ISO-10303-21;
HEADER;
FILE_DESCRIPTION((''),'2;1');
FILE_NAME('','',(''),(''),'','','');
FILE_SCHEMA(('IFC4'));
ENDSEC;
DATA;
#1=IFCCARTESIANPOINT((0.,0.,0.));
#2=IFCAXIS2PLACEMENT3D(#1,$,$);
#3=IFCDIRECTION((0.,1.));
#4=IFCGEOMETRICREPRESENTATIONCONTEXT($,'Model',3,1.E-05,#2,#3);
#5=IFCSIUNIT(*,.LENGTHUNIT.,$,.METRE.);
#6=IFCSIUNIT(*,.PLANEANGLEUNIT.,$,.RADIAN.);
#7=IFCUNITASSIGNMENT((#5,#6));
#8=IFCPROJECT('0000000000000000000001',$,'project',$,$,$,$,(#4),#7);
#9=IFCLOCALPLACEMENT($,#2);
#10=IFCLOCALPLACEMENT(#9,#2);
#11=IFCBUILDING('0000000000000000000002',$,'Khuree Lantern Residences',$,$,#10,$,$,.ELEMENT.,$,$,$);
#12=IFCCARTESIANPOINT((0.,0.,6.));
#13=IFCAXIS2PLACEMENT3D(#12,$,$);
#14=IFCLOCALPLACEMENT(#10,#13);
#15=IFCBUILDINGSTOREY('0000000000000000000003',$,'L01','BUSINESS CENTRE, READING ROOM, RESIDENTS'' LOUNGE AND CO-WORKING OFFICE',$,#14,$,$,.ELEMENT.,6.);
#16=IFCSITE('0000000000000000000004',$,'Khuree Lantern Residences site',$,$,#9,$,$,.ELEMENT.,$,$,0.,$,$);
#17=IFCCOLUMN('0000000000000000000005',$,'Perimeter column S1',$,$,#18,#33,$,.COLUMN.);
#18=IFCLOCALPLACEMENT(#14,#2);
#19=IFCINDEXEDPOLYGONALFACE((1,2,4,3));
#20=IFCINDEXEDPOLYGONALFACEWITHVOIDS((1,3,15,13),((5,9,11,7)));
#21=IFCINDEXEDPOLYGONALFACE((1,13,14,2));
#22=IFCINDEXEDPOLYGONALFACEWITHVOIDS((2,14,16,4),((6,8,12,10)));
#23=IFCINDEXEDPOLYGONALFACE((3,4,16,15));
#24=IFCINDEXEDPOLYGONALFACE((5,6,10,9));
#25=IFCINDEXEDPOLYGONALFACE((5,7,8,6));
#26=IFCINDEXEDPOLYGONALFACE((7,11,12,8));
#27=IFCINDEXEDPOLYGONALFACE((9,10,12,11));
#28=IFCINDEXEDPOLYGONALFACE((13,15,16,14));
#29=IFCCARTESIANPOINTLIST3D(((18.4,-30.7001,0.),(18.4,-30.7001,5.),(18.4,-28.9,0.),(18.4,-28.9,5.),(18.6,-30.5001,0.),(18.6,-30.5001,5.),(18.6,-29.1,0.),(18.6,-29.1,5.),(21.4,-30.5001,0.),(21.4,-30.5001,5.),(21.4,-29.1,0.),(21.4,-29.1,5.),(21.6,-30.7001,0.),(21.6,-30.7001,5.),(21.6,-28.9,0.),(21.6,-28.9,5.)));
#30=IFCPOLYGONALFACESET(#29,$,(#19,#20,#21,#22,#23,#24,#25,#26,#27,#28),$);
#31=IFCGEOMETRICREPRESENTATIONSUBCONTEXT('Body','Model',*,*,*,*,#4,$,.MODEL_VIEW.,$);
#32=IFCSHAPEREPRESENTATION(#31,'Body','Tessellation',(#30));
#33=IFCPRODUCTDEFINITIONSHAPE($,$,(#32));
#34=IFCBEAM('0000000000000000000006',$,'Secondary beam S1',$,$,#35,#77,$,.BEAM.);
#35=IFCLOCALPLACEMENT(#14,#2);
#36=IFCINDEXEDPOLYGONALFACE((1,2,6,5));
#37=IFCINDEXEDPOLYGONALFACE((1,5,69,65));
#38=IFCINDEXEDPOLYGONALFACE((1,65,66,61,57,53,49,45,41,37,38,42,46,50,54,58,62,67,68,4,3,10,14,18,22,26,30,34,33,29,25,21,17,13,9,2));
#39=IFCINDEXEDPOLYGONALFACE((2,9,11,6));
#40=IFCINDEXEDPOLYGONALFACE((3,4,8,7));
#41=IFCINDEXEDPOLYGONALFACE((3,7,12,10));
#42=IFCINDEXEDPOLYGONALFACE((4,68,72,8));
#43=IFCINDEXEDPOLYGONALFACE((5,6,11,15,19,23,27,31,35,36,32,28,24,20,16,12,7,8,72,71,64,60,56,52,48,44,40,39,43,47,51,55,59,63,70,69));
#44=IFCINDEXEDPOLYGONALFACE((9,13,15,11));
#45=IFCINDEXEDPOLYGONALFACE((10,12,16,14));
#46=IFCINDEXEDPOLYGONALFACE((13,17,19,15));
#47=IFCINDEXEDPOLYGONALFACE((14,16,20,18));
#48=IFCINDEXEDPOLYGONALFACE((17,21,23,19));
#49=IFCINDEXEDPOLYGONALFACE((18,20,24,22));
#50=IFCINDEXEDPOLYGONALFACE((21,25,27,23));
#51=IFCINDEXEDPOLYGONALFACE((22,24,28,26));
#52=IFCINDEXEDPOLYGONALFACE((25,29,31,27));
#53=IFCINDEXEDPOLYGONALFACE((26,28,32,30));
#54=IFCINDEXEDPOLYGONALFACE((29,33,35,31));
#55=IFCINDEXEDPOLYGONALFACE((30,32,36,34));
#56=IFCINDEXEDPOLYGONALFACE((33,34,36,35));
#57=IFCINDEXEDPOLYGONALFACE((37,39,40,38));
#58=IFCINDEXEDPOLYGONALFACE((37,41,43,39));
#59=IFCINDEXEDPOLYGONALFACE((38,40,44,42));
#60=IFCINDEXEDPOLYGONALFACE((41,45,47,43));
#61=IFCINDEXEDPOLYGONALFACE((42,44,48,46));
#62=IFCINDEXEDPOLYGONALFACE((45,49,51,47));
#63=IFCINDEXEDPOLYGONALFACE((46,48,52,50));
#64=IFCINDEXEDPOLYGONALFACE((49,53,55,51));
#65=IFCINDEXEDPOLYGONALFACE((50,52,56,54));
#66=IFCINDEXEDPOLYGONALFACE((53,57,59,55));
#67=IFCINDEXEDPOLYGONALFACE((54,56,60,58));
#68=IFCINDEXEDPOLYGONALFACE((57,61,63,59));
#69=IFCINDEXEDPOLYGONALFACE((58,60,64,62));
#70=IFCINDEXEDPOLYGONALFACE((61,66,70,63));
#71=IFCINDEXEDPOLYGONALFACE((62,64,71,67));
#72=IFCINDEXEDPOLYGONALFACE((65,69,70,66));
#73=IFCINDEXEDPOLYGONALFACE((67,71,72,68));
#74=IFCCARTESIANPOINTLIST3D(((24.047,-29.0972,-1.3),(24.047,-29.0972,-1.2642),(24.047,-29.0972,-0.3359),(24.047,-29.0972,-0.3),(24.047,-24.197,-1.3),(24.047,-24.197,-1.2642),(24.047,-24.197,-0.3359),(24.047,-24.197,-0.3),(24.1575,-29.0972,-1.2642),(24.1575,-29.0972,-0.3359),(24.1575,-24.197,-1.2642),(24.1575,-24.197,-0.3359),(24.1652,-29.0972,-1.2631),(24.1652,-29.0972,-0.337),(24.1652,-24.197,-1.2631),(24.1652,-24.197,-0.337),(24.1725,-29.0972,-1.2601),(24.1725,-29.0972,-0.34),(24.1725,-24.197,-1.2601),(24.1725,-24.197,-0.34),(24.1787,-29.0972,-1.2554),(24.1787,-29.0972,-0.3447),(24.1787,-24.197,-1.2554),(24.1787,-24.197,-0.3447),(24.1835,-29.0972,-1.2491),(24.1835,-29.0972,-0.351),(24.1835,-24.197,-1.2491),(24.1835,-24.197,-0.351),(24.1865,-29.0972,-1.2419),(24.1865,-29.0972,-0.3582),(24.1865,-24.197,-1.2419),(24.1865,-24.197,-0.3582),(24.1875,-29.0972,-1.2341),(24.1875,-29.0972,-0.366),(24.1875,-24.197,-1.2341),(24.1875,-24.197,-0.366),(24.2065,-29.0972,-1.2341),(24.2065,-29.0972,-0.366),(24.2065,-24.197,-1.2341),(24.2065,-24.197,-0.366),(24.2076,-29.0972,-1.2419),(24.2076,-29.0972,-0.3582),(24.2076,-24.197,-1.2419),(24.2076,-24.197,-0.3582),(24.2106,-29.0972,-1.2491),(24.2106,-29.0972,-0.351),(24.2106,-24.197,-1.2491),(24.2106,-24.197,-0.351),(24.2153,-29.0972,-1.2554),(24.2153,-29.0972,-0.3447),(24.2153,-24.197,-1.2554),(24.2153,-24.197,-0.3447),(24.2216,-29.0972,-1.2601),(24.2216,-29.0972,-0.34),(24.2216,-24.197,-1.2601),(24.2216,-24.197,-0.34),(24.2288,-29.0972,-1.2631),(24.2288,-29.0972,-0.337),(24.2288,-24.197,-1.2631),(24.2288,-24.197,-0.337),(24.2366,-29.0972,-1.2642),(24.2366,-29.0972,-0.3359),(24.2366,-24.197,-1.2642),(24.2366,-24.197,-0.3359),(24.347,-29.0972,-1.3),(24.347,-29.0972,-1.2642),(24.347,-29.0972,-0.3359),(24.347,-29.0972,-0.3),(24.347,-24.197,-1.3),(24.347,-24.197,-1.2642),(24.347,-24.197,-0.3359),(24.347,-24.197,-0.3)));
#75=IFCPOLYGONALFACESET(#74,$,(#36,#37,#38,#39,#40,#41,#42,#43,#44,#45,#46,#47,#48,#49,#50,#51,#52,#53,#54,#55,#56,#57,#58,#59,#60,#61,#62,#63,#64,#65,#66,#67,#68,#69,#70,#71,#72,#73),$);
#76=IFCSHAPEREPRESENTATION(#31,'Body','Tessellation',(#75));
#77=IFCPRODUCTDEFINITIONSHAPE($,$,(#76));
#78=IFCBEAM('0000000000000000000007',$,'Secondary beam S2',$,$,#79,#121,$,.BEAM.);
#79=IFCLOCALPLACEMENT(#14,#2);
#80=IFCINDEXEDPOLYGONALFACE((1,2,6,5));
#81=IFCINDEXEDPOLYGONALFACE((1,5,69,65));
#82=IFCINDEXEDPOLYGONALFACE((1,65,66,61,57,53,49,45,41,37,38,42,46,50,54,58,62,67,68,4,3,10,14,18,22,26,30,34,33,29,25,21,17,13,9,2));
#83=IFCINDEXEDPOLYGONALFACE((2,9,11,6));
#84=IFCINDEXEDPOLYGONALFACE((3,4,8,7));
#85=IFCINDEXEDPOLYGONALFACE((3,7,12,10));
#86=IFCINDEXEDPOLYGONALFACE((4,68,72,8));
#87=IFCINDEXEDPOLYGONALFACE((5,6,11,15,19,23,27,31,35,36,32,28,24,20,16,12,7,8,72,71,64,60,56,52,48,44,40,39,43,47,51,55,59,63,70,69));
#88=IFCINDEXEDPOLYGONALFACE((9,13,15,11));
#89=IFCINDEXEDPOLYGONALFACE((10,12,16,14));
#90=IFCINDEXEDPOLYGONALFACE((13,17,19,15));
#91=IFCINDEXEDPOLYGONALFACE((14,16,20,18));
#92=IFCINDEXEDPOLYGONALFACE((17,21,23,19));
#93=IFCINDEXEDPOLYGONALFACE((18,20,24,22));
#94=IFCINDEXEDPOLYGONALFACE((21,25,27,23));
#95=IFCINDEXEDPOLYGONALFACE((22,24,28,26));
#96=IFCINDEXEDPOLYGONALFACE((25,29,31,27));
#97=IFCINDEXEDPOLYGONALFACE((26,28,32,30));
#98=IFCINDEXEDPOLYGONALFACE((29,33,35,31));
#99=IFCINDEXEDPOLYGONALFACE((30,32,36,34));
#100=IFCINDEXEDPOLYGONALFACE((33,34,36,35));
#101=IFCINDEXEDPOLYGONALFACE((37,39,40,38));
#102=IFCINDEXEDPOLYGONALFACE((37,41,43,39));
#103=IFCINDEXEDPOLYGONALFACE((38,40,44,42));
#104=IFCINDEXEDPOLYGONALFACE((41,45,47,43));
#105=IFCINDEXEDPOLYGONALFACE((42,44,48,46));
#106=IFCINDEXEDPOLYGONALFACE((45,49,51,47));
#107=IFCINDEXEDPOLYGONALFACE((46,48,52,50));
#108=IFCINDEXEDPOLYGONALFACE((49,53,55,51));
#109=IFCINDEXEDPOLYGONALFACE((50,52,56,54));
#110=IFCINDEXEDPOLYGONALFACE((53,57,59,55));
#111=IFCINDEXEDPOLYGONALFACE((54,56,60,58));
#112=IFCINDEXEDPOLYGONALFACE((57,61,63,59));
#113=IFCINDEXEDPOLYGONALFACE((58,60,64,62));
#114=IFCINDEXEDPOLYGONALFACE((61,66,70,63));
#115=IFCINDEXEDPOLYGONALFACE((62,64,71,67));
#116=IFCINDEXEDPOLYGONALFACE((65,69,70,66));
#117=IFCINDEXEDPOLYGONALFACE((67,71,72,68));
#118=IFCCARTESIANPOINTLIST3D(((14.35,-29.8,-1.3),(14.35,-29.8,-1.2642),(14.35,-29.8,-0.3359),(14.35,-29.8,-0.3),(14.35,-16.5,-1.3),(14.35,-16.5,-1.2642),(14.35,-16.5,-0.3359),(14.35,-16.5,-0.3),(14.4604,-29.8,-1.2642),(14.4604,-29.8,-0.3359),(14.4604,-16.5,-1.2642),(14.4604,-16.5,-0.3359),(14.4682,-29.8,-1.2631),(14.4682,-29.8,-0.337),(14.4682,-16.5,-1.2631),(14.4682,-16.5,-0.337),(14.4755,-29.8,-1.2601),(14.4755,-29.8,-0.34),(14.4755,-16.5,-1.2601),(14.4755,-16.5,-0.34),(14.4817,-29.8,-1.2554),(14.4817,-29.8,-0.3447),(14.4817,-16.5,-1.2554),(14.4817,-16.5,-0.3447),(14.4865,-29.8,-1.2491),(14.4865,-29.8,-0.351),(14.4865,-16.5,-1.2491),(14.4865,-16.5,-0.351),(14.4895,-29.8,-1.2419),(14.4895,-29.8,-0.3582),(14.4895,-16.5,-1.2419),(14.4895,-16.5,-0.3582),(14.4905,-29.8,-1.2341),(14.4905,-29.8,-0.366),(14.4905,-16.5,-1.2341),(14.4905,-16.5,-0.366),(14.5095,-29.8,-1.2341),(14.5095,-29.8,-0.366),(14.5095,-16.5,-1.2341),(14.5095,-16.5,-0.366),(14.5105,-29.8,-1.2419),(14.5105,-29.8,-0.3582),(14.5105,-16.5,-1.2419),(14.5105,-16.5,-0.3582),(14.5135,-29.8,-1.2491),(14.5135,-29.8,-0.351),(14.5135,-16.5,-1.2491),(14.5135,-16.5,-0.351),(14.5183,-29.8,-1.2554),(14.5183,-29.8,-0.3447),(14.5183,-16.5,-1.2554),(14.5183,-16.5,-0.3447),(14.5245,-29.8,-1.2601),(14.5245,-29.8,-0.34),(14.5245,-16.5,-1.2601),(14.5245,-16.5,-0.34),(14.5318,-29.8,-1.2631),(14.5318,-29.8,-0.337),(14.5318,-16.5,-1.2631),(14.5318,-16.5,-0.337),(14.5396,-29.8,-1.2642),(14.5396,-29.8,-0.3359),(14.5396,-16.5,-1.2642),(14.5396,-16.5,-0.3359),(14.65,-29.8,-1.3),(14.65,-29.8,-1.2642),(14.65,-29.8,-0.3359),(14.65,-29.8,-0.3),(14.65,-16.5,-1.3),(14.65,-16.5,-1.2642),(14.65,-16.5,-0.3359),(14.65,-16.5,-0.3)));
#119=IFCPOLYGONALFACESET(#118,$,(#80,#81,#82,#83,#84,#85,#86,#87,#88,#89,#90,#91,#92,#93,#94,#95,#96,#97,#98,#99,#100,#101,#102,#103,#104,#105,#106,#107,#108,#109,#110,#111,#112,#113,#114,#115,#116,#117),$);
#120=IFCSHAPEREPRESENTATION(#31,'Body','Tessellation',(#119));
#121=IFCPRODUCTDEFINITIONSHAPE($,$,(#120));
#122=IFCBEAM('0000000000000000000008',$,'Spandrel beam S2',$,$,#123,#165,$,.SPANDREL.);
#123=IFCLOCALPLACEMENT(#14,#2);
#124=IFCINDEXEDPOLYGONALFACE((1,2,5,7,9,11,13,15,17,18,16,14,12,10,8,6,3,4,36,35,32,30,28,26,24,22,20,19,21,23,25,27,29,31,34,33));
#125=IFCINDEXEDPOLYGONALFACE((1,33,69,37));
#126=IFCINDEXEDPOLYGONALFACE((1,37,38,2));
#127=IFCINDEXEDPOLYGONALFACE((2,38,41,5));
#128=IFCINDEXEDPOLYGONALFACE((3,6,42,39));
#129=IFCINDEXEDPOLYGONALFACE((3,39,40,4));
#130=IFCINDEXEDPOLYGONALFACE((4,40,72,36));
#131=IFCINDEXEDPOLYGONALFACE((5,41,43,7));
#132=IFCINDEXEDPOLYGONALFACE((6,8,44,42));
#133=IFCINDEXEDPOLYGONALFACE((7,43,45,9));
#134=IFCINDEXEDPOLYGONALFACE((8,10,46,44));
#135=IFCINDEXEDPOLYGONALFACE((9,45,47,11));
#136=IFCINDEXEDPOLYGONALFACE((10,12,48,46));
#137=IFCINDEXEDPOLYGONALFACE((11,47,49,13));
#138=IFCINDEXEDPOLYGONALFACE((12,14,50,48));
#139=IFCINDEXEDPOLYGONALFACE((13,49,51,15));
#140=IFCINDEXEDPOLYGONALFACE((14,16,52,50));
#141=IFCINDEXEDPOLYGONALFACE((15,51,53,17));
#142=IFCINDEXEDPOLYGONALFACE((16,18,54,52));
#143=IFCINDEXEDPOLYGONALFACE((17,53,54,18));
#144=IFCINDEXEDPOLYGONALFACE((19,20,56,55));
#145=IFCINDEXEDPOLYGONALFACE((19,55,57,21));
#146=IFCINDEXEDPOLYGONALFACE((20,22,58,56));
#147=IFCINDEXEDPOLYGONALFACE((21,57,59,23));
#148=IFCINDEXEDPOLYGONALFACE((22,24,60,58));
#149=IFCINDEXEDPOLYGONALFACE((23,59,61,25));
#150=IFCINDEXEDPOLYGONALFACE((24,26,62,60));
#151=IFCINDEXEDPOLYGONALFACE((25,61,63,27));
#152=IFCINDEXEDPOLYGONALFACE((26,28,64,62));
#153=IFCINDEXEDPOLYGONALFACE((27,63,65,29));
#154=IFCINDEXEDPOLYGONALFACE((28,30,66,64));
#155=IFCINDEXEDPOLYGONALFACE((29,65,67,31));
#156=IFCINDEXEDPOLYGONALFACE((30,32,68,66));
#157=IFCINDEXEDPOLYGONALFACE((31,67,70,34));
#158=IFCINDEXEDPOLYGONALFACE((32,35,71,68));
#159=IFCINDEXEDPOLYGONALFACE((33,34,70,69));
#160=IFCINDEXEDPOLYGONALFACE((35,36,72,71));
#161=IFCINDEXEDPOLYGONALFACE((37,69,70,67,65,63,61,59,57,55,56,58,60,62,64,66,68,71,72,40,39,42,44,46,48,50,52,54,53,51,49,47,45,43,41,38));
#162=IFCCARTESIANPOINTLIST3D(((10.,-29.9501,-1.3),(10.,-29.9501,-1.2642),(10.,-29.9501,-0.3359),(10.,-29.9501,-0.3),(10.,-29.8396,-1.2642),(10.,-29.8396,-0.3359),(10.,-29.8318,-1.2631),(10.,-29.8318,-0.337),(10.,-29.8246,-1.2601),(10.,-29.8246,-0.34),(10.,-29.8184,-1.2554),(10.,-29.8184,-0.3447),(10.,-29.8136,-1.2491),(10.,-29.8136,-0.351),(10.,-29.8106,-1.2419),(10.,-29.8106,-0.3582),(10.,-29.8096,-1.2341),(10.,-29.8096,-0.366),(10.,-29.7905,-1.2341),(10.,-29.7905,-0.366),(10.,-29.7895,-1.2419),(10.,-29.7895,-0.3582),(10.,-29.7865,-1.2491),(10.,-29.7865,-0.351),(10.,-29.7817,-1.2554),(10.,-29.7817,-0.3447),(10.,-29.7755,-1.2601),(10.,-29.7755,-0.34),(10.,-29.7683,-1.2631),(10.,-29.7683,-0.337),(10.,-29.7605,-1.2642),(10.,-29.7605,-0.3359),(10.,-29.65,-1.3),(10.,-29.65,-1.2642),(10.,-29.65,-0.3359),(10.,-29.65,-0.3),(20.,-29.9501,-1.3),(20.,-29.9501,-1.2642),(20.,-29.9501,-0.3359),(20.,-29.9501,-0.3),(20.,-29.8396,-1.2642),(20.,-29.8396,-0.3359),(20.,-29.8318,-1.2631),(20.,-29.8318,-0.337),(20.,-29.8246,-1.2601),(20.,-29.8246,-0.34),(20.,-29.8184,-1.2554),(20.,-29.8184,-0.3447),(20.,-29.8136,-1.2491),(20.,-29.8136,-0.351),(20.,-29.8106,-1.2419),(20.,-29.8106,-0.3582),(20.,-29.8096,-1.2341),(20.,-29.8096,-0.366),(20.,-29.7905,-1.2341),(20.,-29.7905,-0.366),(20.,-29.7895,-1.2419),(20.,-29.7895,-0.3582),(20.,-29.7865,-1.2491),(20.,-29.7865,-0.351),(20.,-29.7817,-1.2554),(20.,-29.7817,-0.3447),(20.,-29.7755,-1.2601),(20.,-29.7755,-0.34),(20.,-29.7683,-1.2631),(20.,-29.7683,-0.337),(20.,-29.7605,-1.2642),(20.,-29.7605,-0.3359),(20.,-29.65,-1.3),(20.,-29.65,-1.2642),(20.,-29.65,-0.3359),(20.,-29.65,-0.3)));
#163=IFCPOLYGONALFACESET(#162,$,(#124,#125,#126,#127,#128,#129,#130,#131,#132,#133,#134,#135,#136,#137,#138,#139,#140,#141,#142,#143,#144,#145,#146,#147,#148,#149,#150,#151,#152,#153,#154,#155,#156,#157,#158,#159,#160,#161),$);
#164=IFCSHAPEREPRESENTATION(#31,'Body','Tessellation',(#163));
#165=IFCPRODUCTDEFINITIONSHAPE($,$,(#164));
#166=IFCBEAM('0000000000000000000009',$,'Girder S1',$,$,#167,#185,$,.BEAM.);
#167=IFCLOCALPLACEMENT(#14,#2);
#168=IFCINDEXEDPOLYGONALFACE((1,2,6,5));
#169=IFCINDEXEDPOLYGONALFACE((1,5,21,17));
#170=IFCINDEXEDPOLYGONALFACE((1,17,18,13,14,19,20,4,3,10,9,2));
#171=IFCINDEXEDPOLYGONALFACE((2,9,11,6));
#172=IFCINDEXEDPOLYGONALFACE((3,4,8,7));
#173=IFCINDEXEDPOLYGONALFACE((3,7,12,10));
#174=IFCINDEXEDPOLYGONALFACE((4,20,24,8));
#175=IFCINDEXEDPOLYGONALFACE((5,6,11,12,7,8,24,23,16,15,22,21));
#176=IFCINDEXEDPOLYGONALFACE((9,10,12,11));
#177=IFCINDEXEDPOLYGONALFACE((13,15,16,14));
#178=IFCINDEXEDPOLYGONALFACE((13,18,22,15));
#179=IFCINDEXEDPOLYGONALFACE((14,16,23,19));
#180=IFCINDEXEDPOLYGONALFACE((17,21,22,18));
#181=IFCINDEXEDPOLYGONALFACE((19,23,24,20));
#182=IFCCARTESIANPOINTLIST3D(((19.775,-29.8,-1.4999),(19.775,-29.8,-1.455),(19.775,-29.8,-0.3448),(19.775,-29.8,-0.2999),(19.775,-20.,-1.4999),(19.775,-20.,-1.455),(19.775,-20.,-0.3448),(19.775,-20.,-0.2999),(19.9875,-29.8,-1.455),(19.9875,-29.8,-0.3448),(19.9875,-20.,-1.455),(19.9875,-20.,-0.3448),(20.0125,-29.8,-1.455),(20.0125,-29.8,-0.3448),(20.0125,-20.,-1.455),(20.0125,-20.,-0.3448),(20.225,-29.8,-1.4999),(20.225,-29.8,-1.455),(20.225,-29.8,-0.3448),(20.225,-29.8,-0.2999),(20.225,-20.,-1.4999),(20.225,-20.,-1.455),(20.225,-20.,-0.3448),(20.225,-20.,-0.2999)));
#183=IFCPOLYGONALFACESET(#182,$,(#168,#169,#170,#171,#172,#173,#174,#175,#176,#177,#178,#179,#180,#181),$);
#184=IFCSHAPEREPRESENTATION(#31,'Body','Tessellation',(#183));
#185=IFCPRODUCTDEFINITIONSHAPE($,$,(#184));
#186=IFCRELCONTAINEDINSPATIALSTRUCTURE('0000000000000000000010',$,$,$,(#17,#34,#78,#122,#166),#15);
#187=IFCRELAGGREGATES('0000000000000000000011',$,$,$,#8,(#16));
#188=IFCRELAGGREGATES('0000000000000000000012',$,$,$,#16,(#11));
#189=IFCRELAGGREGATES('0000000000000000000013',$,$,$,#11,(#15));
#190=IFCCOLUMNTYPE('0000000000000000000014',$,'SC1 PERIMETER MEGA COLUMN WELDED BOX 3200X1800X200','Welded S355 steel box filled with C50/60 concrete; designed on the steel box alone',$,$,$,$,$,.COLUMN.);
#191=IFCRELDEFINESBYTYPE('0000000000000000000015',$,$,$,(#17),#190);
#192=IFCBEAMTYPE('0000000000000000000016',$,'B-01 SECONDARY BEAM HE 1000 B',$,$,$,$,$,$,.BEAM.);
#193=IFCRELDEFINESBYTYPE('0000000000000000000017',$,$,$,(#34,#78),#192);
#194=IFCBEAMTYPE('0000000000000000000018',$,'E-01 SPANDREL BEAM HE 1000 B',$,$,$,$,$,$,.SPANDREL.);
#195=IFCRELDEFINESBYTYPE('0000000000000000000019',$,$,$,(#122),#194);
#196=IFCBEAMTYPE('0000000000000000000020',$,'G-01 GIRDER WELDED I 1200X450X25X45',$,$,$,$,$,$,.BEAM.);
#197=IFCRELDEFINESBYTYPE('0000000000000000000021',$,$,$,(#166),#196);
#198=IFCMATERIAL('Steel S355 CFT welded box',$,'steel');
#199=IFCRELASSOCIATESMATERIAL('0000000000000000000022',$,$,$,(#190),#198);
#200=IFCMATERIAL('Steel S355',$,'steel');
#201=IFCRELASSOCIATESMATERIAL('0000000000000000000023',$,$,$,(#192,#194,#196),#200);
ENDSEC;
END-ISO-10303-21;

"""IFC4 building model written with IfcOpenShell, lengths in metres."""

from ifc_helpers import new_model, si_unit, direction, frame, origin, origin_2d, place, context, subcontext, project, spatial, hollow_rectangle, i_section, extrude, material, material_profile, profile_set, type_object, element, save


model = new_model("IFC4")

# Units and contexts
model_context = context("Model", 3, precision=1e-05, world=origin(), true_north=direction((0.0, 1.0)))
body_context = subcontext(model_context, "Body", "Model", "MODEL_VIEW")
ifc_project = project(units=[si_unit("LENGTHUNIT", "METRE"), si_unit("PLANEANGLEUNIT", "RADIAN")], contexts=[model_context])

# Site, building, storey
site_placement = place(None, origin())
site = spatial("IfcSite", under=ifc_project, at=site_placement, Name="Khuree Lantern Residences site", CompositionType="ELEMENT", RefElevation=0.0)
building_placement = place(site_placement, origin())
building = spatial("IfcBuilding", under=site, at=building_placement, Name="Khuree Lantern Residences", CompositionType="ELEMENT")
storey_placement = place(building_placement, frame((0.0, 0.0, 6.0)))
storey = spatial("IfcBuildingStorey", under=building, at=storey_placement, Name="L01", Description="BUSINESS CENTRE, READING ROOM, RESIDENTS' LOUNGE AND CO-WORKING OFFICE", CompositionType="ELEMENT", Elevation=6.0)

# Column
ifc_material_1 = material(Name="Steel S355 CFT welded box", Category="steel")
ifc_material_profile_1 = material_profile(ifc_material_1, hollow_rectangle(XDim=3.2, YDim=1.8, WallThickness=0.2, at=origin_2d()), Name="WELDED BOX 3200X1800X200")
ifc_profile_set_1 = profile_set([ifc_material_profile_1], Name="Steel S355 CFT welded box")
column_type = type_object("IfcColumnType", Name="SC1 PERIMETER MEGA COLUMN WELDED BOX 3200X1800X200", Description="Welded S355 steel box filled with C50/60 concrete; designed on the steel box alone", PredefinedType="COLUMN", material=ifc_profile_set_1)
column_placement = place(storey_placement, frame((20.0, -29.8, 0.0), z_axis=(0.0, 0.0, 1.0), x_axis=(1.0, 0.0, 0.0)))
element("IfcColumn", 1, at=column_placement, inside=storey, type_object=column_type, Name="Perimeter column S1", PredefinedType="COLUMN", context=body_context, shape_type="SweptSolid", body=[
    extrude(hollow_rectangle(XDim=3.2, YDim=1.8, WallThickness=0.2, at=origin_2d()), origin(), (0.0, 0.0, 1.0), 5.0),
])

# Beams
ifc_material_2 = material(Name="Steel S355", Category="steel")
ifc_material_profile_2 = material_profile(ifc_material_2, i_section(OverallWidth=0.3, OverallDepth=1.0, WebThickness=0.019, FlangeThickness=0.0359, FilletRadius=0.03, at=origin_2d()), Name="HE 1000 B")
ifc_profile_set_2 = profile_set([ifc_material_profile_2], Name="Steel S355")
beam_type_1 = type_object("IfcBeamType", Name="B-01 SECONDARY BEAM HE 1000 B", PredefinedType="BEAM", material=ifc_profile_set_2)
beam_1_placement = place(storey_placement, frame((24.197, -29.0972, -0.8), z_axis=(0.0, 1.0, 0.0), x_axis=(-1.0, 0.0, 0.0)))
element("IfcBeam", 2, at=beam_1_placement, inside=storey, type_object=beam_type_1, Name="Secondary beam S1", PredefinedType="BEAM", context=body_context, shape_type="SweptSolid", body=[
    extrude(i_section(OverallWidth=0.3, OverallDepth=1.0, WebThickness=0.019, FlangeThickness=0.0359, FilletRadius=0.03, at=origin_2d()), origin(), (0.0, 0.0, 1.0), 4.9001),
])
beam_2_placement = place(storey_placement, frame((14.5, -29.8, -0.8), z_axis=(0.0, 1.0, 0.0), x_axis=(-1.0, 0.0, 0.0)))
element("IfcBeam", 3, at=beam_2_placement, inside=storey, type_object=beam_type_1, Name="Secondary beam S2", PredefinedType="BEAM", context=body_context, shape_type="SweptSolid", body=[
    extrude(i_section(OverallWidth=0.3, OverallDepth=1.0, WebThickness=0.019, FlangeThickness=0.0359, FilletRadius=0.03, at=origin_2d()), origin(), (0.0, 0.0, 1.0), 13.3),
])
ifc_material_profile_3 = material_profile(ifc_material_2, i_section(OverallWidth=0.3, OverallDepth=1.0, WebThickness=0.019, FlangeThickness=0.0359, FilletRadius=0.03, at=origin_2d()), Name="HE 1000 B")
ifc_profile_set_3 = profile_set([ifc_material_profile_3], Name="Steel S355")
beam_type_2 = type_object("IfcBeamType", Name="E-01 SPANDREL BEAM HE 1000 B", PredefinedType="SPANDREL", material=ifc_profile_set_3)
beam_3_placement = place(storey_placement, frame((20.0, -29.8, -0.8), z_axis=(-1.0, 0.0, 0.0), x_axis=(0.0, -1.0, 0.0)))
element("IfcBeam", 4, at=beam_3_placement, inside=storey, type_object=beam_type_2, Name="Spandrel beam S2", PredefinedType="SPANDREL", context=body_context, shape_type="SweptSolid", body=[
    extrude(i_section(OverallWidth=0.3, OverallDepth=1.0, WebThickness=0.019, FlangeThickness=0.0359, FilletRadius=0.03, at=origin_2d()), origin(), (0.0, 0.0, 1.0), 10.0),
])
ifc_material_profile_4 = material_profile(ifc_material_2, i_section(OverallWidth=0.45, OverallDepth=1.2, WebThickness=0.0249, FlangeThickness=0.0449, at=origin_2d()), Name="WELDED I 1200X450X25X45")
ifc_profile_set_4 = profile_set([ifc_material_profile_4], Name="Steel S355")
beam_type_3 = type_object("IfcBeamType", Name="G-01 GIRDER WELDED I 1200X450X25X45", PredefinedType="BEAM", material=ifc_profile_set_4)
beam_4_placement = place(storey_placement, frame((20.0, -29.8, -0.8999), z_axis=(0.0, 1.0, 0.0), x_axis=(-1.0, 0.0, 0.0)))
element("IfcBeam", 5, at=beam_4_placement, inside=storey, type_object=beam_type_3, Name="Girder S1", PredefinedType="BEAM", context=body_context, shape_type="SweptSolid", body=[
    extrude(i_section(OverallWidth=0.45, OverallDepth=1.2, WebThickness=0.0249, FlangeThickness=0.0449, at=origin_2d()), origin(), (0.0, 0.0, 1.0), 9.8),
])

save(model, "model.ifc")
